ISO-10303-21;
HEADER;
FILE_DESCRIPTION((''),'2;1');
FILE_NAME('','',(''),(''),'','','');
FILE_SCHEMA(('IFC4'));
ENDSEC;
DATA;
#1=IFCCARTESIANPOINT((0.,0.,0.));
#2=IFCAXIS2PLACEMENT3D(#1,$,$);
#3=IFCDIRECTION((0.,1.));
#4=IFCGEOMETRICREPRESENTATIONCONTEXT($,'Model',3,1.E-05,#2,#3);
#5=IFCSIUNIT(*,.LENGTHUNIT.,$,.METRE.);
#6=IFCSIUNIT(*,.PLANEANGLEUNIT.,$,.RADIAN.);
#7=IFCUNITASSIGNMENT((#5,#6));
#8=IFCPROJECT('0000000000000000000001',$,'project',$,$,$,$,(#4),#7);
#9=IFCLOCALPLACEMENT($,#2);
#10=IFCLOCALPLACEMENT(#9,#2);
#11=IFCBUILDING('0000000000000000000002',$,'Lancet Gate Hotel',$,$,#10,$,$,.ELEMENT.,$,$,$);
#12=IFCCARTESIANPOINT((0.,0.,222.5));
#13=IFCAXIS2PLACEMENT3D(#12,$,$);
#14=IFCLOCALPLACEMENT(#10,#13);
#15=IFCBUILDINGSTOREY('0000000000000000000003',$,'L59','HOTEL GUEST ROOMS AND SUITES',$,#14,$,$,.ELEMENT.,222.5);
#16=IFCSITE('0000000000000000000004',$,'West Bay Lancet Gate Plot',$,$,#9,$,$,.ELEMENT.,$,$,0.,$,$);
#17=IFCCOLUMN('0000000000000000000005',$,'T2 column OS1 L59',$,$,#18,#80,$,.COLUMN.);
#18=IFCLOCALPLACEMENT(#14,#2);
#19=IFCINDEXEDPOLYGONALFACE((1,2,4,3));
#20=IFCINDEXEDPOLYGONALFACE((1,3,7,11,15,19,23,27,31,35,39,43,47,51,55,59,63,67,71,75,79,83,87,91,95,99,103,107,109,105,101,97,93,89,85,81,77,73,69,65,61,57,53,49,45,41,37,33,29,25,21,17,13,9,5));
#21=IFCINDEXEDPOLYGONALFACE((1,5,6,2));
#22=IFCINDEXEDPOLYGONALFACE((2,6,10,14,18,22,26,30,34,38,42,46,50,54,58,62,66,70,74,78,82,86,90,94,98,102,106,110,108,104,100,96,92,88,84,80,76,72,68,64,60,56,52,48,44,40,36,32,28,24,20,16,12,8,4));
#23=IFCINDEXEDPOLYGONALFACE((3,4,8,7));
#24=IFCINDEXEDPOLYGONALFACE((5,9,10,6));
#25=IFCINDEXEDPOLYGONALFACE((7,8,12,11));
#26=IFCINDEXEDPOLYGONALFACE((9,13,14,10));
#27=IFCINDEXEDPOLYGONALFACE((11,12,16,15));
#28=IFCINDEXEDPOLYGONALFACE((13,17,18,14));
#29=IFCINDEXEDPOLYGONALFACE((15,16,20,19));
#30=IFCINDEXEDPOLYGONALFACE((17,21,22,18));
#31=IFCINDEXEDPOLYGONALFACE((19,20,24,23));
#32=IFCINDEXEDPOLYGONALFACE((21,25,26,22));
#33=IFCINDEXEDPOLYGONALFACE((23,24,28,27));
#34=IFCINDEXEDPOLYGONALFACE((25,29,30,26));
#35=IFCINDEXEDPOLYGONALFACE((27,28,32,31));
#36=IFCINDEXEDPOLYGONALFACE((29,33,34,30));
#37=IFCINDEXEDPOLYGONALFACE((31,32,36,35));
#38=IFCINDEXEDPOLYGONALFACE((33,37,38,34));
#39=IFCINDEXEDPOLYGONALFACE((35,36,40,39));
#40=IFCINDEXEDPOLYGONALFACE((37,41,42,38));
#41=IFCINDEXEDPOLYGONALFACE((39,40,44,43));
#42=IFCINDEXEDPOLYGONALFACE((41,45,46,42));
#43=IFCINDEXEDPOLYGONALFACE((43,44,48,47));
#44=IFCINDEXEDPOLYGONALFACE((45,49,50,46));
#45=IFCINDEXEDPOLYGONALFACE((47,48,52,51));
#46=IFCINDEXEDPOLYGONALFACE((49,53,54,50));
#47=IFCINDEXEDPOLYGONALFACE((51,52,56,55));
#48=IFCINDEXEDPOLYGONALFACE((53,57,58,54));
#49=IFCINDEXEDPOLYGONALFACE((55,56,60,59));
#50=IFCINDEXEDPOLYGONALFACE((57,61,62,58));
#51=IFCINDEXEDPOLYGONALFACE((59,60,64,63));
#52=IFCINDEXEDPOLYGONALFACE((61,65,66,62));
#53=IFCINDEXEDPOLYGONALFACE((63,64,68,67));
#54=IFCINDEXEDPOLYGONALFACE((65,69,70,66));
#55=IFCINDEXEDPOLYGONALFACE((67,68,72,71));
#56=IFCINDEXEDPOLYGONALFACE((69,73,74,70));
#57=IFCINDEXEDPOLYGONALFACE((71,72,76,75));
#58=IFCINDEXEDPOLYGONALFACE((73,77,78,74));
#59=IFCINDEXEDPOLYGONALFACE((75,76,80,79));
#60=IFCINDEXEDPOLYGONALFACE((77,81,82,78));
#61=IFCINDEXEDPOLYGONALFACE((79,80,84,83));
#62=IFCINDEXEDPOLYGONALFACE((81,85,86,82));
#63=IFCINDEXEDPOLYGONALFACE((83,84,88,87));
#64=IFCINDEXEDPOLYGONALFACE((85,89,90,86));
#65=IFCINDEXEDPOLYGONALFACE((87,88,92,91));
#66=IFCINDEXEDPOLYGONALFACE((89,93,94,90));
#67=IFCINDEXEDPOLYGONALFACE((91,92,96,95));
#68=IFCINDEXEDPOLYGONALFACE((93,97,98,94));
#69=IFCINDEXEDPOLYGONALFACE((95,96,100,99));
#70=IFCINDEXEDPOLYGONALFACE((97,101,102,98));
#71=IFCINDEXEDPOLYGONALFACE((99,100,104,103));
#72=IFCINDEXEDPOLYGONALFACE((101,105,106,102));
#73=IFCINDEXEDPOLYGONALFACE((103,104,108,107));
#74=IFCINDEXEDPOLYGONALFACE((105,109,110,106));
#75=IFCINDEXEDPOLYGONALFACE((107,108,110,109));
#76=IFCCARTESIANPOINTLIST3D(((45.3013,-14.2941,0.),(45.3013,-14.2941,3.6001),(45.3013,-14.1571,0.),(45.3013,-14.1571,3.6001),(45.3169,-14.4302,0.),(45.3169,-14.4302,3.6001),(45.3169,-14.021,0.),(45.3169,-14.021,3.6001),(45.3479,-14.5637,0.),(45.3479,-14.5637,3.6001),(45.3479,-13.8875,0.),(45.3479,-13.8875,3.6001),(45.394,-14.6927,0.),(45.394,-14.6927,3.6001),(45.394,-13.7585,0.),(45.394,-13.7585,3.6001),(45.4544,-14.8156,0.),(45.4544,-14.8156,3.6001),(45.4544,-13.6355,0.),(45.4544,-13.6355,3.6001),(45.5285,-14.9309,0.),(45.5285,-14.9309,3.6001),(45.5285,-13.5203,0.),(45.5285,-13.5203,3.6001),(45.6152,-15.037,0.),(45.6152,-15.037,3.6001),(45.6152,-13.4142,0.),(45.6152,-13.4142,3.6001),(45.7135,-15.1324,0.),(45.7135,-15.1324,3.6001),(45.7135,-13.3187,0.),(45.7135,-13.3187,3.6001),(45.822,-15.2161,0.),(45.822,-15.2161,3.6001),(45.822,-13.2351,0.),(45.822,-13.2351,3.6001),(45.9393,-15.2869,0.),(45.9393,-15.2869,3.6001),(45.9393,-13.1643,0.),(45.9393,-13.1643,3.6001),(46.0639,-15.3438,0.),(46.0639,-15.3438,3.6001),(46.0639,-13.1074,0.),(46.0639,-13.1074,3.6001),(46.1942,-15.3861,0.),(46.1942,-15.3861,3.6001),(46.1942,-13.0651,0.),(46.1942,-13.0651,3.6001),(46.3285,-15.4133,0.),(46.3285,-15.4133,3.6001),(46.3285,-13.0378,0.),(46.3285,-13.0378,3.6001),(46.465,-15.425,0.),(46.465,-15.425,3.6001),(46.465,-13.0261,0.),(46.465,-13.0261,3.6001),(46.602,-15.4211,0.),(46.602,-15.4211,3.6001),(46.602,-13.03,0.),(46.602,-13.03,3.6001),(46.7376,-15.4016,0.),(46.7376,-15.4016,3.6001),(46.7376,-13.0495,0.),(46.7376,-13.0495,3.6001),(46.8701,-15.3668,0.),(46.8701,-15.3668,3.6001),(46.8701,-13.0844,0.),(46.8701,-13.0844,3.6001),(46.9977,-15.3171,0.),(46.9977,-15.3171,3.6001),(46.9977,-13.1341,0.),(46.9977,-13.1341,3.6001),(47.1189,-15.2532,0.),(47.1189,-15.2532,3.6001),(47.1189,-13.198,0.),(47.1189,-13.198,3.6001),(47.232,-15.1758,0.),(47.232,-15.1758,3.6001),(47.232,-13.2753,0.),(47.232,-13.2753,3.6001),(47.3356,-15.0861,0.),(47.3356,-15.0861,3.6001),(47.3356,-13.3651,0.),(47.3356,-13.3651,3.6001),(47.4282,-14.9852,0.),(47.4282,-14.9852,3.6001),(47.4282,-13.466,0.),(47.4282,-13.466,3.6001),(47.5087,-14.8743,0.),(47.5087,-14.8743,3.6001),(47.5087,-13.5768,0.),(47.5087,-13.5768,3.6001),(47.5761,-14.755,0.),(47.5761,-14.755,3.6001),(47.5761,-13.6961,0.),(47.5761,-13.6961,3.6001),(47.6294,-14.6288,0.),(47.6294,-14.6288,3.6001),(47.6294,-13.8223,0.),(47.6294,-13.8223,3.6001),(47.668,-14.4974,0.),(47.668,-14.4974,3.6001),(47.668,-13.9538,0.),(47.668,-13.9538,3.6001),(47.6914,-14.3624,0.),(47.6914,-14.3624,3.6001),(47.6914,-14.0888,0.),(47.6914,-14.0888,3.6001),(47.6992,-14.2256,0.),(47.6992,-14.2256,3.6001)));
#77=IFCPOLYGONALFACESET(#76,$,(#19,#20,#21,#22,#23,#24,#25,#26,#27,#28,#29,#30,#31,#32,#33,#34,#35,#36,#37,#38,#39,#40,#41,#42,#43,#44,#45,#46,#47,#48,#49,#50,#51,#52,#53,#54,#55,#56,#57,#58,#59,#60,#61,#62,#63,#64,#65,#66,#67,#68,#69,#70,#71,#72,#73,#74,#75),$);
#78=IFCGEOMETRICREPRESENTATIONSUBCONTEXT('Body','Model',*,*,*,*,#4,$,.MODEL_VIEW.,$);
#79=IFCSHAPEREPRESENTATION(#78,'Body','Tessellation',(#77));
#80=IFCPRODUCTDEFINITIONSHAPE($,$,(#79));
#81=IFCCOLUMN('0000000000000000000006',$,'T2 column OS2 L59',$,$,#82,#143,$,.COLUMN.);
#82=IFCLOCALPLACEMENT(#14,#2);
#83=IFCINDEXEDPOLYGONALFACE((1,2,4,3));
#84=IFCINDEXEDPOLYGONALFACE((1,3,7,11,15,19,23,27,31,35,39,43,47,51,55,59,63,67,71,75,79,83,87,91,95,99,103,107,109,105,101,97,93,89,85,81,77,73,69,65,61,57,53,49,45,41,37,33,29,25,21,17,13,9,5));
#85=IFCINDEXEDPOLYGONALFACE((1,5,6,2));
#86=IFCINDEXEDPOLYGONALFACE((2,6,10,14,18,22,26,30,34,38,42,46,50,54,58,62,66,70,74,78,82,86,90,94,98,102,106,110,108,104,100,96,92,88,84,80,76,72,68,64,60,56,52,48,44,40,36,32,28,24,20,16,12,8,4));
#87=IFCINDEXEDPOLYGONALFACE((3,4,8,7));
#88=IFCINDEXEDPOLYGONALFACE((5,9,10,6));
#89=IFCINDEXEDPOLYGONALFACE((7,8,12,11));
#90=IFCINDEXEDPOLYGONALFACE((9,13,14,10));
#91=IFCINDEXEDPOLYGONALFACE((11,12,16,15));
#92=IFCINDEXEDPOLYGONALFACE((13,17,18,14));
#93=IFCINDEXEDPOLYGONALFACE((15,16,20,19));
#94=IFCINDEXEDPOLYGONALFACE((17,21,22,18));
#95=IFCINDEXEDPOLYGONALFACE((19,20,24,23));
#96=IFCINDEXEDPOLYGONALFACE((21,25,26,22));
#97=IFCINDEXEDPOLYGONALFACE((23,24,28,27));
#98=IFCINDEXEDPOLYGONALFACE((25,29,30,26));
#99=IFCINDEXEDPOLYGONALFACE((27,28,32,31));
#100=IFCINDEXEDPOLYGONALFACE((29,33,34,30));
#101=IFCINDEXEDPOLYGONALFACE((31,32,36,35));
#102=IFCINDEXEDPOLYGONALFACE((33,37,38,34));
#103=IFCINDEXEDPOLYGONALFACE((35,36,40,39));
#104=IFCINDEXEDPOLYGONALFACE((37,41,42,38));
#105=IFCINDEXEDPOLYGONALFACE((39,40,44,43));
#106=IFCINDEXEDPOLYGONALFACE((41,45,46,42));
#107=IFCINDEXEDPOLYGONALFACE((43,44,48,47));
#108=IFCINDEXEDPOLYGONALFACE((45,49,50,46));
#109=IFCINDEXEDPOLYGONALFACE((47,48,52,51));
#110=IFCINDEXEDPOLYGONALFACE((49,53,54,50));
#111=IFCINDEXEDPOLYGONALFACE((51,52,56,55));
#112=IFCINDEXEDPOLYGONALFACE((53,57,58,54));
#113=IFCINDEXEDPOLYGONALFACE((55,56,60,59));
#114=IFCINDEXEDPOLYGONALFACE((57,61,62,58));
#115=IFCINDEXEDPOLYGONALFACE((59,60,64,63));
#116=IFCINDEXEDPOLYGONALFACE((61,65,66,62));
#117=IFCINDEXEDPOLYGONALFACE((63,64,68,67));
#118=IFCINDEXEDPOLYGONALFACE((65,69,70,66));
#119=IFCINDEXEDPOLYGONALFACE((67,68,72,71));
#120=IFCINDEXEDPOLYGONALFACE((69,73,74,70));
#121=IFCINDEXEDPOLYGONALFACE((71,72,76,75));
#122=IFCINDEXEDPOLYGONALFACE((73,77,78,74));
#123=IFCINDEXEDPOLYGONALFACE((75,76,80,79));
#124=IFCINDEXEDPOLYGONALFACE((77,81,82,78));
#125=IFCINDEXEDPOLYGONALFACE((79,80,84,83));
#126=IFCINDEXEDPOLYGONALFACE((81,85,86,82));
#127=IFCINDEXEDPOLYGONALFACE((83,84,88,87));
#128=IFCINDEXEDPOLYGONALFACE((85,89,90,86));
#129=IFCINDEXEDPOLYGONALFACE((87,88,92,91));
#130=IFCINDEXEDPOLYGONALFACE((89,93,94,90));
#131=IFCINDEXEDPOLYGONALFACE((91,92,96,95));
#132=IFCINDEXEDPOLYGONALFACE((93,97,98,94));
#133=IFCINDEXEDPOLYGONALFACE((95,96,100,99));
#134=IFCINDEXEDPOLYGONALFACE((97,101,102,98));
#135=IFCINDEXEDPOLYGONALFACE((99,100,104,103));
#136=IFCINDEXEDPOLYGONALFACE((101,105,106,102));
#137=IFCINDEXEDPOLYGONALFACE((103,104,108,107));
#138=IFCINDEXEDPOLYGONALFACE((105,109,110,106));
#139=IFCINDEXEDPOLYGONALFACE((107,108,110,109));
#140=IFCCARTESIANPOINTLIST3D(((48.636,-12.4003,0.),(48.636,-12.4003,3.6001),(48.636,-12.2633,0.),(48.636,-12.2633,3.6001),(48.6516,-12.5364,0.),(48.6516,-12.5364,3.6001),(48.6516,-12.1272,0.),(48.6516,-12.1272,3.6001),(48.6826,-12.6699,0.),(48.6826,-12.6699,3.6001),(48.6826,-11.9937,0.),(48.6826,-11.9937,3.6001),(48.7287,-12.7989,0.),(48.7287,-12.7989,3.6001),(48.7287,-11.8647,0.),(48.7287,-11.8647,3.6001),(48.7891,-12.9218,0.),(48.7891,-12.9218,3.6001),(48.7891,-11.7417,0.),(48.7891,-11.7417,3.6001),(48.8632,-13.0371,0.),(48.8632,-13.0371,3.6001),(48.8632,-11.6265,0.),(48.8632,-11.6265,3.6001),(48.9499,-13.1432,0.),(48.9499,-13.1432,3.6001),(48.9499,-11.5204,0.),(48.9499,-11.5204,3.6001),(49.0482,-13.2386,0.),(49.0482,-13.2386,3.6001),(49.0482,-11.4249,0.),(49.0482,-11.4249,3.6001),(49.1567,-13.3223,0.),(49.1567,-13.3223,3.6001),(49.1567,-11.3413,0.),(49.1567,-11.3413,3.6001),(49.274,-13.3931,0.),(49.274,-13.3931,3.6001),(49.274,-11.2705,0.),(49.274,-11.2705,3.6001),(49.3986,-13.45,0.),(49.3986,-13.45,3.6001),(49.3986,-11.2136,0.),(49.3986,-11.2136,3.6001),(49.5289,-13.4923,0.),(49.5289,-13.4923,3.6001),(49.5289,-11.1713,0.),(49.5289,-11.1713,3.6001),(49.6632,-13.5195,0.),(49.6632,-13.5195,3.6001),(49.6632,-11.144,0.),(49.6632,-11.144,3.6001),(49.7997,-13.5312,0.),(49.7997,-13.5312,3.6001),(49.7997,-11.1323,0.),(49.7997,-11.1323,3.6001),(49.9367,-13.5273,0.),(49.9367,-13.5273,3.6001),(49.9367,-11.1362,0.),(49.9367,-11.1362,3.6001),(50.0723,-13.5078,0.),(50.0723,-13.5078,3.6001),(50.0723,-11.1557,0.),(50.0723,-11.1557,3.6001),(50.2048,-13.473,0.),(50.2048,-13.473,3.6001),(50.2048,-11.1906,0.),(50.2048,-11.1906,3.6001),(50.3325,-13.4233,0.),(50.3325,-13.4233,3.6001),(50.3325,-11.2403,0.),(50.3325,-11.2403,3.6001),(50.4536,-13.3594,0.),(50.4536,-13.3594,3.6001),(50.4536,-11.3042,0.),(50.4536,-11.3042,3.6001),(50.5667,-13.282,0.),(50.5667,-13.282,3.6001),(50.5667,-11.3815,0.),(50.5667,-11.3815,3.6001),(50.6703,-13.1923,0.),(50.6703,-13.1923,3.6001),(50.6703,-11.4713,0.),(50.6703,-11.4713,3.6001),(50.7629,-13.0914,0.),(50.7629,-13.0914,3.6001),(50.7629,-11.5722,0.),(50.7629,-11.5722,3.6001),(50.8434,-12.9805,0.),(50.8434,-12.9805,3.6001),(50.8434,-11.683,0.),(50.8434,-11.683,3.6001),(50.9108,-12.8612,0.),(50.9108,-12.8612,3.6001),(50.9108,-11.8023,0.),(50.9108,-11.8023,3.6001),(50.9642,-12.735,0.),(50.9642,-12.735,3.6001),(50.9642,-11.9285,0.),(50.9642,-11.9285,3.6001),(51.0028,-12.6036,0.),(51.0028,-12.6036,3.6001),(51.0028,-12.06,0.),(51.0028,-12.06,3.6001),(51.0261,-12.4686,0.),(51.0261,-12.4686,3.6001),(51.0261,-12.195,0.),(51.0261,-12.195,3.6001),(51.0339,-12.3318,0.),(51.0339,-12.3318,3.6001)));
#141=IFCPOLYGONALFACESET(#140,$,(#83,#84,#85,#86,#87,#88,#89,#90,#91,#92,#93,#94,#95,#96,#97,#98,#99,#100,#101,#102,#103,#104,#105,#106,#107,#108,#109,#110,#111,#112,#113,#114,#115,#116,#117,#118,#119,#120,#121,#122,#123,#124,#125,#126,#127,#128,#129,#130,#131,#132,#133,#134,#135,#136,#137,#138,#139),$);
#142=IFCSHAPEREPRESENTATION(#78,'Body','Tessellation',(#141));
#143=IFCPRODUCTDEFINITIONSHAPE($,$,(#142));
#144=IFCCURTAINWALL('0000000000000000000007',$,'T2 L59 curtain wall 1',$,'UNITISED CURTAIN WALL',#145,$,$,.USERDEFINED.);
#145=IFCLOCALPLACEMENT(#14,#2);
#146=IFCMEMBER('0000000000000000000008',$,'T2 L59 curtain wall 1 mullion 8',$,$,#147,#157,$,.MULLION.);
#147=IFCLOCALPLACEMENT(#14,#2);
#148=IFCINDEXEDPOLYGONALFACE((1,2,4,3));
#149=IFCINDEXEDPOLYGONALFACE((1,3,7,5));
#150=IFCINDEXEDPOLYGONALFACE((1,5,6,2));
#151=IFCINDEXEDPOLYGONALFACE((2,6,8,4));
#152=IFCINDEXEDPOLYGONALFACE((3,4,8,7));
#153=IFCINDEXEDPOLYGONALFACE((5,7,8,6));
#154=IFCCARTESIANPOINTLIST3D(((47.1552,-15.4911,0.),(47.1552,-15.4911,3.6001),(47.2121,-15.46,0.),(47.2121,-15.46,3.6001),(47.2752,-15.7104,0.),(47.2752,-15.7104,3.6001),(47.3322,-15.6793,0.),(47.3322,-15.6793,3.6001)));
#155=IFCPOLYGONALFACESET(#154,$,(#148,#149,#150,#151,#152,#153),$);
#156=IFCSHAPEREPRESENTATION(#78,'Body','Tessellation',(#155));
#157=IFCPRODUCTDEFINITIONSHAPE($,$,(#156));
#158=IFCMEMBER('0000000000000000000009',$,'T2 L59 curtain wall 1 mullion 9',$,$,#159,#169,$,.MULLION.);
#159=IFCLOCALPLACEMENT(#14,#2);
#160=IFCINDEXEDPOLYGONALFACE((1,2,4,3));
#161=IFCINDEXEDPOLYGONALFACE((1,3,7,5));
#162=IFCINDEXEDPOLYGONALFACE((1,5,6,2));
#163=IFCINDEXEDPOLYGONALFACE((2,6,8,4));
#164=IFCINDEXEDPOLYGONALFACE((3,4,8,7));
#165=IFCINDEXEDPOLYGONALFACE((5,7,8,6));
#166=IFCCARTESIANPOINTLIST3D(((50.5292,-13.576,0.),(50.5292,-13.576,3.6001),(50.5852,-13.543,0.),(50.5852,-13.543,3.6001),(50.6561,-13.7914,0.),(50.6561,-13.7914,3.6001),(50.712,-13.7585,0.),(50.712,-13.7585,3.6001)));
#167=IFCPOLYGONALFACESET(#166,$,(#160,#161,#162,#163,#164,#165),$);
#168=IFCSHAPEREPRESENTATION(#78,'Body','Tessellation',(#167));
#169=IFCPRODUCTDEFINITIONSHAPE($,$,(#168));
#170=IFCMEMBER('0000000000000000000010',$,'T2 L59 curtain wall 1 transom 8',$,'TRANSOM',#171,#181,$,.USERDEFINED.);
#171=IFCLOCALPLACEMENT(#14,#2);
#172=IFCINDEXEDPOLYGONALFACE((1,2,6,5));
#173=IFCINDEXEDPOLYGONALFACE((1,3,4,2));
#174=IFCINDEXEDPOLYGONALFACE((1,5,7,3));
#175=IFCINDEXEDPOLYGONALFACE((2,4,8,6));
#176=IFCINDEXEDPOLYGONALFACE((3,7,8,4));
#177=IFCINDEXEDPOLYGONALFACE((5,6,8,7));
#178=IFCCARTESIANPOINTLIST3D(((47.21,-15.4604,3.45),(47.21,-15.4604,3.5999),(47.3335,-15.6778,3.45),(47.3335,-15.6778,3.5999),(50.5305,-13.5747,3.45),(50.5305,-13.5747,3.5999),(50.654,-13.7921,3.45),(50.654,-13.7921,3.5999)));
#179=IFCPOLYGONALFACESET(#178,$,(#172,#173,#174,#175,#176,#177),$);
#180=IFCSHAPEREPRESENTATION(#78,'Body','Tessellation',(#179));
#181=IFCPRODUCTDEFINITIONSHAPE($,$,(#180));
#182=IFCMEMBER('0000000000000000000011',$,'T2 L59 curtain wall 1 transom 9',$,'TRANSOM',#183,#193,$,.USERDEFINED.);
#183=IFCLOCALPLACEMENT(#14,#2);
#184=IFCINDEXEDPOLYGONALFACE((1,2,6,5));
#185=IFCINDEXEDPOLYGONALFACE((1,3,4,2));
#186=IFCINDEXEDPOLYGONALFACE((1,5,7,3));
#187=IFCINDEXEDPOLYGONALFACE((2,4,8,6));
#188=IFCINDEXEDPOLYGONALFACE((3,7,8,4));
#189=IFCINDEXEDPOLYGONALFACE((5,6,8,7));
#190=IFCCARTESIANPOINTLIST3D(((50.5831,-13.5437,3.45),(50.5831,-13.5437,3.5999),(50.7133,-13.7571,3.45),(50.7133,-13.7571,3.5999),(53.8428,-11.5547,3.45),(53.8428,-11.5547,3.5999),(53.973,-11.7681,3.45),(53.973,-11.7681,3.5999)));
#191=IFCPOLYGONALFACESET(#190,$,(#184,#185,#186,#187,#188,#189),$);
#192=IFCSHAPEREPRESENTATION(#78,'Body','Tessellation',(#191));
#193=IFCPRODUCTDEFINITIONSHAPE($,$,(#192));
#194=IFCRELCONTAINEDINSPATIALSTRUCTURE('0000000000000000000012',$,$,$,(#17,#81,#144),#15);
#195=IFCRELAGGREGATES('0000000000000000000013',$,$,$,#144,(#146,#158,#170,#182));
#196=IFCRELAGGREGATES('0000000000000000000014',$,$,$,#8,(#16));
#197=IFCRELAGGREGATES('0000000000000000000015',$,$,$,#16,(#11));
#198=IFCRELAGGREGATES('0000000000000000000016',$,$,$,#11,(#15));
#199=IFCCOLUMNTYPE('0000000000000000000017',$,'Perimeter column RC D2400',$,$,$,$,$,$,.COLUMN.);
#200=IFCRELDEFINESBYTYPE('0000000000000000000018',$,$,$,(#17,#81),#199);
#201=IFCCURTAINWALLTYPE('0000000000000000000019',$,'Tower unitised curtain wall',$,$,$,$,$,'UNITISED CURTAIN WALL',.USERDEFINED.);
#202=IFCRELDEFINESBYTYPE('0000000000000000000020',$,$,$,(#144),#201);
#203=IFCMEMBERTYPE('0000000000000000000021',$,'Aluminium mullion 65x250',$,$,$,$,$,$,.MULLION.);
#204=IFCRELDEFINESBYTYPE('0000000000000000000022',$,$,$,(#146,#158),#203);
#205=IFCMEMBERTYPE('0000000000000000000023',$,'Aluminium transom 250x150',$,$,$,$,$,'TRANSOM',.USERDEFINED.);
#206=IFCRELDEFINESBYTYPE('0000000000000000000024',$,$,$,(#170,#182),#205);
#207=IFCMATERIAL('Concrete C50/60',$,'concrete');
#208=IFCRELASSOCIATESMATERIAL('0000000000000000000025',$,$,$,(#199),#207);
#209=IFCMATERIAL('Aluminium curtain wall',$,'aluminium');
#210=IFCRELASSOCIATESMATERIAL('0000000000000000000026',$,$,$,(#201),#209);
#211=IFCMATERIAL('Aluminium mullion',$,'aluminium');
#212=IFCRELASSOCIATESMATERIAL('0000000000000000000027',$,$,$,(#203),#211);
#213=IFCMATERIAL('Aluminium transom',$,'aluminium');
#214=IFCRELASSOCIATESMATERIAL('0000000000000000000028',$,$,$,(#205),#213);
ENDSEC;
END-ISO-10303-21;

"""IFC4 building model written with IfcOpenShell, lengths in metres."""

from ifc_helpers import new_model, si_unit, direction, frame, origin, origin_2d, place, context, subcontext, project, spatial, rectangle, circle, extrude, material, material_profile, profile_set, type_object, element, aggregate, save


model = new_model("IFC4")

# Units and contexts
model_context = context("Model", 3, precision=1e-05, world=origin(), true_north=direction((0.0, 1.0)))
body_context = subcontext(model_context, "Body", "Model", "MODEL_VIEW")
ifc_project = project(units=[si_unit("LENGTHUNIT", "METRE"), si_unit("PLANEANGLEUNIT", "RADIAN")], contexts=[model_context])

# Site, building, storey
site_placement = place(None, origin())
site = spatial("IfcSite", under=ifc_project, at=site_placement, Name="West Bay Lancet Gate Plot", CompositionType="ELEMENT", RefElevation=0.0)
building_placement = place(site_placement, origin())
building = spatial("IfcBuilding", under=site, at=building_placement, Name="Lancet Gate Hotel", CompositionType="ELEMENT")
storey_placement = place(building_placement, frame((0.0, 0.0, 222.5)))
storey = spatial("IfcBuildingStorey", under=building, at=storey_placement, Name="L59", Description="HOTEL GUEST ROOMS AND SUITES", CompositionType="ELEMENT", Elevation=222.5)

# Columns
ifc_material_1 = material(Name="Concrete C50/60", Category="concrete")
ifc_material_profile_1 = material_profile(ifc_material_1, circle(Radius=1.2, at=origin_2d()), Name="RC D2400")
ifc_profile_set_1 = profile_set([ifc_material_profile_1], Name="Concrete C50/60")
column_type = type_object("IfcColumnType", Name="Perimeter column RC D2400", PredefinedType="COLUMN", material=ifc_profile_set_1)
for number, where, z_axis, x_axis, name in (
    (1, (46.4993, -14.2256, 0.0), (0.0, 0.0, 1.0), (1.0, 0.0, 0.0), "T2 column OS1 L59"),
    (2, (49.834, -12.3318, 0.0), (0.0, 0.0, 1.0), (1.0, 0.0, 0.0), "T2 column OS2 L59"),
):
    element("IfcColumn", number, at=place(storey_placement, frame(where, z_axis=z_axis, x_axis=x_axis)), inside=storey, type_object=column_type, Name=name, PredefinedType="COLUMN", context=body_context, shape_type="SweptSolid", body=[
        extrude(circle(Radius=1.2, at=origin_2d()), origin(), (0.0, 0.0, 1.0), 3.6001),
    ])

# Curtain wall, members
ifc_material_2 = material(Name="Aluminium curtain wall", Category="aluminium")
curtain_wall_type = type_object("IfcCurtainWallType", Name="Tower unitised curtain wall", ElementType="UNITISED CURTAIN WALL", PredefinedType="USERDEFINED", material=ifc_material_2)
curtain_wall_placement = place(storey_placement, origin())
curtain_wall = element("IfcCurtainWall", 3, at=curtain_wall_placement, inside=storey, type_object=curtain_wall_type, Name="T2 L59 curtain wall 1", ObjectType="UNITISED CURTAIN WALL", PredefinedType="USERDEFINED")
ifc_material_3 = material(Name="Aluminium mullion", Category="aluminium")
ifc_material_profile_2 = material_profile(ifc_material_3, rectangle(XDim=0.0649, YDim=0.25, at=origin_2d()), Name="MULLION 65x250")
ifc_profile_set_2 = profile_set([ifc_material_profile_2], Name="Aluminium mullion")
member_type_1 = type_object("IfcMemberType", Name="Aluminium mullion 65x250", PredefinedType="MULLION", material=ifc_profile_set_2)
member_1_placement = place(storey_placement, frame((47.2437, -15.5852, 0.0), z_axis=(0.0, 0.0, 1.0), x_axis=(0.877195, 0.480135, 0.0)))
member_1 = element("IfcMember", 4, at=member_1_placement, type_object=member_type_1, Name="T2 L59 curtain wall 1 mullion 8", PredefinedType="MULLION", context=body_context, shape_type="SweptSolid", body=[
    extrude(rectangle(XDim=0.0649, YDim=0.25, at=origin_2d()), origin(), (0.0, 0.0, 1.0), 3.6001),
])
member_2_placement = place(storey_placement, frame((50.6206, -13.6672, 0.0), z_axis=(0.0, 0.0, 1.0), x_axis=(0.861692, 0.507432, 0.0)))
member_2 = element("IfcMember", 5, at=member_2_placement, type_object=member_type_1, Name="T2 L59 curtain wall 1 mullion 9", PredefinedType="MULLION", context=body_context, shape_type="SweptSolid", body=[
    extrude(rectangle(XDim=0.0649, YDim=0.25, at=origin_2d()), origin(), (0.0, 0.0, 1.0), 3.6001),
])
ifc_material_4 = material(Name="Aluminium transom", Category="aluminium")
ifc_material_profile_3 = material_profile(ifc_material_4, rectangle(XDim=0.25, YDim=0.1499, at=origin_2d()), Name="TRANSOM 250x150")
ifc_profile_set_3 = profile_set([ifc_material_profile_3], Name="Aluminium transom")
member_type_2 = type_object("IfcMemberType", Name="Aluminium transom 250x150", ElementType="TRANSOM", PredefinedType="USERDEFINED", material=ifc_profile_set_3)
member_3_placement = place(storey_placement, frame((47.2717, -15.5691, 3.5249), z_axis=(0.869562, 0.493824, 0.0), x_axis=(-0.493824, 0.869562, 0.0)))
member_3 = element("IfcMember", 6, at=member_3_placement, type_object=member_type_2, Name="T2 L59 curtain wall 1 transom 8", ObjectType="TRANSOM", PredefinedType="USERDEFINED", context=body_context, shape_type="SweptSolid", body=[
    extrude(rectangle(XDim=0.25, YDim=0.1499, at=origin_2d()), origin(), (0.0, 0.0, 1.0), 3.8186),
])
member_4_placement = place(storey_placement, frame((50.6482, -13.6504, 3.5249), z_axis=(0.853639, 0.520865, 0.0), x_axis=(-0.520865, 0.853639, 0.0)))
member_4 = element("IfcMember", 7, at=member_4_placement, type_object=member_type_2, Name="T2 L59 curtain wall 1 transom 9", ObjectType="TRANSOM", PredefinedType="USERDEFINED", context=body_context, shape_type="SweptSolid", body=[
    extrude(rectangle(XDim=0.25, YDim=0.1499, at=origin_2d()), origin(), (0.0, 0.0, 1.0), 3.8186),
])

aggregate(curtain_wall, [member_1, member_2, member_3, member_4])

save(model, "model.ifc")
